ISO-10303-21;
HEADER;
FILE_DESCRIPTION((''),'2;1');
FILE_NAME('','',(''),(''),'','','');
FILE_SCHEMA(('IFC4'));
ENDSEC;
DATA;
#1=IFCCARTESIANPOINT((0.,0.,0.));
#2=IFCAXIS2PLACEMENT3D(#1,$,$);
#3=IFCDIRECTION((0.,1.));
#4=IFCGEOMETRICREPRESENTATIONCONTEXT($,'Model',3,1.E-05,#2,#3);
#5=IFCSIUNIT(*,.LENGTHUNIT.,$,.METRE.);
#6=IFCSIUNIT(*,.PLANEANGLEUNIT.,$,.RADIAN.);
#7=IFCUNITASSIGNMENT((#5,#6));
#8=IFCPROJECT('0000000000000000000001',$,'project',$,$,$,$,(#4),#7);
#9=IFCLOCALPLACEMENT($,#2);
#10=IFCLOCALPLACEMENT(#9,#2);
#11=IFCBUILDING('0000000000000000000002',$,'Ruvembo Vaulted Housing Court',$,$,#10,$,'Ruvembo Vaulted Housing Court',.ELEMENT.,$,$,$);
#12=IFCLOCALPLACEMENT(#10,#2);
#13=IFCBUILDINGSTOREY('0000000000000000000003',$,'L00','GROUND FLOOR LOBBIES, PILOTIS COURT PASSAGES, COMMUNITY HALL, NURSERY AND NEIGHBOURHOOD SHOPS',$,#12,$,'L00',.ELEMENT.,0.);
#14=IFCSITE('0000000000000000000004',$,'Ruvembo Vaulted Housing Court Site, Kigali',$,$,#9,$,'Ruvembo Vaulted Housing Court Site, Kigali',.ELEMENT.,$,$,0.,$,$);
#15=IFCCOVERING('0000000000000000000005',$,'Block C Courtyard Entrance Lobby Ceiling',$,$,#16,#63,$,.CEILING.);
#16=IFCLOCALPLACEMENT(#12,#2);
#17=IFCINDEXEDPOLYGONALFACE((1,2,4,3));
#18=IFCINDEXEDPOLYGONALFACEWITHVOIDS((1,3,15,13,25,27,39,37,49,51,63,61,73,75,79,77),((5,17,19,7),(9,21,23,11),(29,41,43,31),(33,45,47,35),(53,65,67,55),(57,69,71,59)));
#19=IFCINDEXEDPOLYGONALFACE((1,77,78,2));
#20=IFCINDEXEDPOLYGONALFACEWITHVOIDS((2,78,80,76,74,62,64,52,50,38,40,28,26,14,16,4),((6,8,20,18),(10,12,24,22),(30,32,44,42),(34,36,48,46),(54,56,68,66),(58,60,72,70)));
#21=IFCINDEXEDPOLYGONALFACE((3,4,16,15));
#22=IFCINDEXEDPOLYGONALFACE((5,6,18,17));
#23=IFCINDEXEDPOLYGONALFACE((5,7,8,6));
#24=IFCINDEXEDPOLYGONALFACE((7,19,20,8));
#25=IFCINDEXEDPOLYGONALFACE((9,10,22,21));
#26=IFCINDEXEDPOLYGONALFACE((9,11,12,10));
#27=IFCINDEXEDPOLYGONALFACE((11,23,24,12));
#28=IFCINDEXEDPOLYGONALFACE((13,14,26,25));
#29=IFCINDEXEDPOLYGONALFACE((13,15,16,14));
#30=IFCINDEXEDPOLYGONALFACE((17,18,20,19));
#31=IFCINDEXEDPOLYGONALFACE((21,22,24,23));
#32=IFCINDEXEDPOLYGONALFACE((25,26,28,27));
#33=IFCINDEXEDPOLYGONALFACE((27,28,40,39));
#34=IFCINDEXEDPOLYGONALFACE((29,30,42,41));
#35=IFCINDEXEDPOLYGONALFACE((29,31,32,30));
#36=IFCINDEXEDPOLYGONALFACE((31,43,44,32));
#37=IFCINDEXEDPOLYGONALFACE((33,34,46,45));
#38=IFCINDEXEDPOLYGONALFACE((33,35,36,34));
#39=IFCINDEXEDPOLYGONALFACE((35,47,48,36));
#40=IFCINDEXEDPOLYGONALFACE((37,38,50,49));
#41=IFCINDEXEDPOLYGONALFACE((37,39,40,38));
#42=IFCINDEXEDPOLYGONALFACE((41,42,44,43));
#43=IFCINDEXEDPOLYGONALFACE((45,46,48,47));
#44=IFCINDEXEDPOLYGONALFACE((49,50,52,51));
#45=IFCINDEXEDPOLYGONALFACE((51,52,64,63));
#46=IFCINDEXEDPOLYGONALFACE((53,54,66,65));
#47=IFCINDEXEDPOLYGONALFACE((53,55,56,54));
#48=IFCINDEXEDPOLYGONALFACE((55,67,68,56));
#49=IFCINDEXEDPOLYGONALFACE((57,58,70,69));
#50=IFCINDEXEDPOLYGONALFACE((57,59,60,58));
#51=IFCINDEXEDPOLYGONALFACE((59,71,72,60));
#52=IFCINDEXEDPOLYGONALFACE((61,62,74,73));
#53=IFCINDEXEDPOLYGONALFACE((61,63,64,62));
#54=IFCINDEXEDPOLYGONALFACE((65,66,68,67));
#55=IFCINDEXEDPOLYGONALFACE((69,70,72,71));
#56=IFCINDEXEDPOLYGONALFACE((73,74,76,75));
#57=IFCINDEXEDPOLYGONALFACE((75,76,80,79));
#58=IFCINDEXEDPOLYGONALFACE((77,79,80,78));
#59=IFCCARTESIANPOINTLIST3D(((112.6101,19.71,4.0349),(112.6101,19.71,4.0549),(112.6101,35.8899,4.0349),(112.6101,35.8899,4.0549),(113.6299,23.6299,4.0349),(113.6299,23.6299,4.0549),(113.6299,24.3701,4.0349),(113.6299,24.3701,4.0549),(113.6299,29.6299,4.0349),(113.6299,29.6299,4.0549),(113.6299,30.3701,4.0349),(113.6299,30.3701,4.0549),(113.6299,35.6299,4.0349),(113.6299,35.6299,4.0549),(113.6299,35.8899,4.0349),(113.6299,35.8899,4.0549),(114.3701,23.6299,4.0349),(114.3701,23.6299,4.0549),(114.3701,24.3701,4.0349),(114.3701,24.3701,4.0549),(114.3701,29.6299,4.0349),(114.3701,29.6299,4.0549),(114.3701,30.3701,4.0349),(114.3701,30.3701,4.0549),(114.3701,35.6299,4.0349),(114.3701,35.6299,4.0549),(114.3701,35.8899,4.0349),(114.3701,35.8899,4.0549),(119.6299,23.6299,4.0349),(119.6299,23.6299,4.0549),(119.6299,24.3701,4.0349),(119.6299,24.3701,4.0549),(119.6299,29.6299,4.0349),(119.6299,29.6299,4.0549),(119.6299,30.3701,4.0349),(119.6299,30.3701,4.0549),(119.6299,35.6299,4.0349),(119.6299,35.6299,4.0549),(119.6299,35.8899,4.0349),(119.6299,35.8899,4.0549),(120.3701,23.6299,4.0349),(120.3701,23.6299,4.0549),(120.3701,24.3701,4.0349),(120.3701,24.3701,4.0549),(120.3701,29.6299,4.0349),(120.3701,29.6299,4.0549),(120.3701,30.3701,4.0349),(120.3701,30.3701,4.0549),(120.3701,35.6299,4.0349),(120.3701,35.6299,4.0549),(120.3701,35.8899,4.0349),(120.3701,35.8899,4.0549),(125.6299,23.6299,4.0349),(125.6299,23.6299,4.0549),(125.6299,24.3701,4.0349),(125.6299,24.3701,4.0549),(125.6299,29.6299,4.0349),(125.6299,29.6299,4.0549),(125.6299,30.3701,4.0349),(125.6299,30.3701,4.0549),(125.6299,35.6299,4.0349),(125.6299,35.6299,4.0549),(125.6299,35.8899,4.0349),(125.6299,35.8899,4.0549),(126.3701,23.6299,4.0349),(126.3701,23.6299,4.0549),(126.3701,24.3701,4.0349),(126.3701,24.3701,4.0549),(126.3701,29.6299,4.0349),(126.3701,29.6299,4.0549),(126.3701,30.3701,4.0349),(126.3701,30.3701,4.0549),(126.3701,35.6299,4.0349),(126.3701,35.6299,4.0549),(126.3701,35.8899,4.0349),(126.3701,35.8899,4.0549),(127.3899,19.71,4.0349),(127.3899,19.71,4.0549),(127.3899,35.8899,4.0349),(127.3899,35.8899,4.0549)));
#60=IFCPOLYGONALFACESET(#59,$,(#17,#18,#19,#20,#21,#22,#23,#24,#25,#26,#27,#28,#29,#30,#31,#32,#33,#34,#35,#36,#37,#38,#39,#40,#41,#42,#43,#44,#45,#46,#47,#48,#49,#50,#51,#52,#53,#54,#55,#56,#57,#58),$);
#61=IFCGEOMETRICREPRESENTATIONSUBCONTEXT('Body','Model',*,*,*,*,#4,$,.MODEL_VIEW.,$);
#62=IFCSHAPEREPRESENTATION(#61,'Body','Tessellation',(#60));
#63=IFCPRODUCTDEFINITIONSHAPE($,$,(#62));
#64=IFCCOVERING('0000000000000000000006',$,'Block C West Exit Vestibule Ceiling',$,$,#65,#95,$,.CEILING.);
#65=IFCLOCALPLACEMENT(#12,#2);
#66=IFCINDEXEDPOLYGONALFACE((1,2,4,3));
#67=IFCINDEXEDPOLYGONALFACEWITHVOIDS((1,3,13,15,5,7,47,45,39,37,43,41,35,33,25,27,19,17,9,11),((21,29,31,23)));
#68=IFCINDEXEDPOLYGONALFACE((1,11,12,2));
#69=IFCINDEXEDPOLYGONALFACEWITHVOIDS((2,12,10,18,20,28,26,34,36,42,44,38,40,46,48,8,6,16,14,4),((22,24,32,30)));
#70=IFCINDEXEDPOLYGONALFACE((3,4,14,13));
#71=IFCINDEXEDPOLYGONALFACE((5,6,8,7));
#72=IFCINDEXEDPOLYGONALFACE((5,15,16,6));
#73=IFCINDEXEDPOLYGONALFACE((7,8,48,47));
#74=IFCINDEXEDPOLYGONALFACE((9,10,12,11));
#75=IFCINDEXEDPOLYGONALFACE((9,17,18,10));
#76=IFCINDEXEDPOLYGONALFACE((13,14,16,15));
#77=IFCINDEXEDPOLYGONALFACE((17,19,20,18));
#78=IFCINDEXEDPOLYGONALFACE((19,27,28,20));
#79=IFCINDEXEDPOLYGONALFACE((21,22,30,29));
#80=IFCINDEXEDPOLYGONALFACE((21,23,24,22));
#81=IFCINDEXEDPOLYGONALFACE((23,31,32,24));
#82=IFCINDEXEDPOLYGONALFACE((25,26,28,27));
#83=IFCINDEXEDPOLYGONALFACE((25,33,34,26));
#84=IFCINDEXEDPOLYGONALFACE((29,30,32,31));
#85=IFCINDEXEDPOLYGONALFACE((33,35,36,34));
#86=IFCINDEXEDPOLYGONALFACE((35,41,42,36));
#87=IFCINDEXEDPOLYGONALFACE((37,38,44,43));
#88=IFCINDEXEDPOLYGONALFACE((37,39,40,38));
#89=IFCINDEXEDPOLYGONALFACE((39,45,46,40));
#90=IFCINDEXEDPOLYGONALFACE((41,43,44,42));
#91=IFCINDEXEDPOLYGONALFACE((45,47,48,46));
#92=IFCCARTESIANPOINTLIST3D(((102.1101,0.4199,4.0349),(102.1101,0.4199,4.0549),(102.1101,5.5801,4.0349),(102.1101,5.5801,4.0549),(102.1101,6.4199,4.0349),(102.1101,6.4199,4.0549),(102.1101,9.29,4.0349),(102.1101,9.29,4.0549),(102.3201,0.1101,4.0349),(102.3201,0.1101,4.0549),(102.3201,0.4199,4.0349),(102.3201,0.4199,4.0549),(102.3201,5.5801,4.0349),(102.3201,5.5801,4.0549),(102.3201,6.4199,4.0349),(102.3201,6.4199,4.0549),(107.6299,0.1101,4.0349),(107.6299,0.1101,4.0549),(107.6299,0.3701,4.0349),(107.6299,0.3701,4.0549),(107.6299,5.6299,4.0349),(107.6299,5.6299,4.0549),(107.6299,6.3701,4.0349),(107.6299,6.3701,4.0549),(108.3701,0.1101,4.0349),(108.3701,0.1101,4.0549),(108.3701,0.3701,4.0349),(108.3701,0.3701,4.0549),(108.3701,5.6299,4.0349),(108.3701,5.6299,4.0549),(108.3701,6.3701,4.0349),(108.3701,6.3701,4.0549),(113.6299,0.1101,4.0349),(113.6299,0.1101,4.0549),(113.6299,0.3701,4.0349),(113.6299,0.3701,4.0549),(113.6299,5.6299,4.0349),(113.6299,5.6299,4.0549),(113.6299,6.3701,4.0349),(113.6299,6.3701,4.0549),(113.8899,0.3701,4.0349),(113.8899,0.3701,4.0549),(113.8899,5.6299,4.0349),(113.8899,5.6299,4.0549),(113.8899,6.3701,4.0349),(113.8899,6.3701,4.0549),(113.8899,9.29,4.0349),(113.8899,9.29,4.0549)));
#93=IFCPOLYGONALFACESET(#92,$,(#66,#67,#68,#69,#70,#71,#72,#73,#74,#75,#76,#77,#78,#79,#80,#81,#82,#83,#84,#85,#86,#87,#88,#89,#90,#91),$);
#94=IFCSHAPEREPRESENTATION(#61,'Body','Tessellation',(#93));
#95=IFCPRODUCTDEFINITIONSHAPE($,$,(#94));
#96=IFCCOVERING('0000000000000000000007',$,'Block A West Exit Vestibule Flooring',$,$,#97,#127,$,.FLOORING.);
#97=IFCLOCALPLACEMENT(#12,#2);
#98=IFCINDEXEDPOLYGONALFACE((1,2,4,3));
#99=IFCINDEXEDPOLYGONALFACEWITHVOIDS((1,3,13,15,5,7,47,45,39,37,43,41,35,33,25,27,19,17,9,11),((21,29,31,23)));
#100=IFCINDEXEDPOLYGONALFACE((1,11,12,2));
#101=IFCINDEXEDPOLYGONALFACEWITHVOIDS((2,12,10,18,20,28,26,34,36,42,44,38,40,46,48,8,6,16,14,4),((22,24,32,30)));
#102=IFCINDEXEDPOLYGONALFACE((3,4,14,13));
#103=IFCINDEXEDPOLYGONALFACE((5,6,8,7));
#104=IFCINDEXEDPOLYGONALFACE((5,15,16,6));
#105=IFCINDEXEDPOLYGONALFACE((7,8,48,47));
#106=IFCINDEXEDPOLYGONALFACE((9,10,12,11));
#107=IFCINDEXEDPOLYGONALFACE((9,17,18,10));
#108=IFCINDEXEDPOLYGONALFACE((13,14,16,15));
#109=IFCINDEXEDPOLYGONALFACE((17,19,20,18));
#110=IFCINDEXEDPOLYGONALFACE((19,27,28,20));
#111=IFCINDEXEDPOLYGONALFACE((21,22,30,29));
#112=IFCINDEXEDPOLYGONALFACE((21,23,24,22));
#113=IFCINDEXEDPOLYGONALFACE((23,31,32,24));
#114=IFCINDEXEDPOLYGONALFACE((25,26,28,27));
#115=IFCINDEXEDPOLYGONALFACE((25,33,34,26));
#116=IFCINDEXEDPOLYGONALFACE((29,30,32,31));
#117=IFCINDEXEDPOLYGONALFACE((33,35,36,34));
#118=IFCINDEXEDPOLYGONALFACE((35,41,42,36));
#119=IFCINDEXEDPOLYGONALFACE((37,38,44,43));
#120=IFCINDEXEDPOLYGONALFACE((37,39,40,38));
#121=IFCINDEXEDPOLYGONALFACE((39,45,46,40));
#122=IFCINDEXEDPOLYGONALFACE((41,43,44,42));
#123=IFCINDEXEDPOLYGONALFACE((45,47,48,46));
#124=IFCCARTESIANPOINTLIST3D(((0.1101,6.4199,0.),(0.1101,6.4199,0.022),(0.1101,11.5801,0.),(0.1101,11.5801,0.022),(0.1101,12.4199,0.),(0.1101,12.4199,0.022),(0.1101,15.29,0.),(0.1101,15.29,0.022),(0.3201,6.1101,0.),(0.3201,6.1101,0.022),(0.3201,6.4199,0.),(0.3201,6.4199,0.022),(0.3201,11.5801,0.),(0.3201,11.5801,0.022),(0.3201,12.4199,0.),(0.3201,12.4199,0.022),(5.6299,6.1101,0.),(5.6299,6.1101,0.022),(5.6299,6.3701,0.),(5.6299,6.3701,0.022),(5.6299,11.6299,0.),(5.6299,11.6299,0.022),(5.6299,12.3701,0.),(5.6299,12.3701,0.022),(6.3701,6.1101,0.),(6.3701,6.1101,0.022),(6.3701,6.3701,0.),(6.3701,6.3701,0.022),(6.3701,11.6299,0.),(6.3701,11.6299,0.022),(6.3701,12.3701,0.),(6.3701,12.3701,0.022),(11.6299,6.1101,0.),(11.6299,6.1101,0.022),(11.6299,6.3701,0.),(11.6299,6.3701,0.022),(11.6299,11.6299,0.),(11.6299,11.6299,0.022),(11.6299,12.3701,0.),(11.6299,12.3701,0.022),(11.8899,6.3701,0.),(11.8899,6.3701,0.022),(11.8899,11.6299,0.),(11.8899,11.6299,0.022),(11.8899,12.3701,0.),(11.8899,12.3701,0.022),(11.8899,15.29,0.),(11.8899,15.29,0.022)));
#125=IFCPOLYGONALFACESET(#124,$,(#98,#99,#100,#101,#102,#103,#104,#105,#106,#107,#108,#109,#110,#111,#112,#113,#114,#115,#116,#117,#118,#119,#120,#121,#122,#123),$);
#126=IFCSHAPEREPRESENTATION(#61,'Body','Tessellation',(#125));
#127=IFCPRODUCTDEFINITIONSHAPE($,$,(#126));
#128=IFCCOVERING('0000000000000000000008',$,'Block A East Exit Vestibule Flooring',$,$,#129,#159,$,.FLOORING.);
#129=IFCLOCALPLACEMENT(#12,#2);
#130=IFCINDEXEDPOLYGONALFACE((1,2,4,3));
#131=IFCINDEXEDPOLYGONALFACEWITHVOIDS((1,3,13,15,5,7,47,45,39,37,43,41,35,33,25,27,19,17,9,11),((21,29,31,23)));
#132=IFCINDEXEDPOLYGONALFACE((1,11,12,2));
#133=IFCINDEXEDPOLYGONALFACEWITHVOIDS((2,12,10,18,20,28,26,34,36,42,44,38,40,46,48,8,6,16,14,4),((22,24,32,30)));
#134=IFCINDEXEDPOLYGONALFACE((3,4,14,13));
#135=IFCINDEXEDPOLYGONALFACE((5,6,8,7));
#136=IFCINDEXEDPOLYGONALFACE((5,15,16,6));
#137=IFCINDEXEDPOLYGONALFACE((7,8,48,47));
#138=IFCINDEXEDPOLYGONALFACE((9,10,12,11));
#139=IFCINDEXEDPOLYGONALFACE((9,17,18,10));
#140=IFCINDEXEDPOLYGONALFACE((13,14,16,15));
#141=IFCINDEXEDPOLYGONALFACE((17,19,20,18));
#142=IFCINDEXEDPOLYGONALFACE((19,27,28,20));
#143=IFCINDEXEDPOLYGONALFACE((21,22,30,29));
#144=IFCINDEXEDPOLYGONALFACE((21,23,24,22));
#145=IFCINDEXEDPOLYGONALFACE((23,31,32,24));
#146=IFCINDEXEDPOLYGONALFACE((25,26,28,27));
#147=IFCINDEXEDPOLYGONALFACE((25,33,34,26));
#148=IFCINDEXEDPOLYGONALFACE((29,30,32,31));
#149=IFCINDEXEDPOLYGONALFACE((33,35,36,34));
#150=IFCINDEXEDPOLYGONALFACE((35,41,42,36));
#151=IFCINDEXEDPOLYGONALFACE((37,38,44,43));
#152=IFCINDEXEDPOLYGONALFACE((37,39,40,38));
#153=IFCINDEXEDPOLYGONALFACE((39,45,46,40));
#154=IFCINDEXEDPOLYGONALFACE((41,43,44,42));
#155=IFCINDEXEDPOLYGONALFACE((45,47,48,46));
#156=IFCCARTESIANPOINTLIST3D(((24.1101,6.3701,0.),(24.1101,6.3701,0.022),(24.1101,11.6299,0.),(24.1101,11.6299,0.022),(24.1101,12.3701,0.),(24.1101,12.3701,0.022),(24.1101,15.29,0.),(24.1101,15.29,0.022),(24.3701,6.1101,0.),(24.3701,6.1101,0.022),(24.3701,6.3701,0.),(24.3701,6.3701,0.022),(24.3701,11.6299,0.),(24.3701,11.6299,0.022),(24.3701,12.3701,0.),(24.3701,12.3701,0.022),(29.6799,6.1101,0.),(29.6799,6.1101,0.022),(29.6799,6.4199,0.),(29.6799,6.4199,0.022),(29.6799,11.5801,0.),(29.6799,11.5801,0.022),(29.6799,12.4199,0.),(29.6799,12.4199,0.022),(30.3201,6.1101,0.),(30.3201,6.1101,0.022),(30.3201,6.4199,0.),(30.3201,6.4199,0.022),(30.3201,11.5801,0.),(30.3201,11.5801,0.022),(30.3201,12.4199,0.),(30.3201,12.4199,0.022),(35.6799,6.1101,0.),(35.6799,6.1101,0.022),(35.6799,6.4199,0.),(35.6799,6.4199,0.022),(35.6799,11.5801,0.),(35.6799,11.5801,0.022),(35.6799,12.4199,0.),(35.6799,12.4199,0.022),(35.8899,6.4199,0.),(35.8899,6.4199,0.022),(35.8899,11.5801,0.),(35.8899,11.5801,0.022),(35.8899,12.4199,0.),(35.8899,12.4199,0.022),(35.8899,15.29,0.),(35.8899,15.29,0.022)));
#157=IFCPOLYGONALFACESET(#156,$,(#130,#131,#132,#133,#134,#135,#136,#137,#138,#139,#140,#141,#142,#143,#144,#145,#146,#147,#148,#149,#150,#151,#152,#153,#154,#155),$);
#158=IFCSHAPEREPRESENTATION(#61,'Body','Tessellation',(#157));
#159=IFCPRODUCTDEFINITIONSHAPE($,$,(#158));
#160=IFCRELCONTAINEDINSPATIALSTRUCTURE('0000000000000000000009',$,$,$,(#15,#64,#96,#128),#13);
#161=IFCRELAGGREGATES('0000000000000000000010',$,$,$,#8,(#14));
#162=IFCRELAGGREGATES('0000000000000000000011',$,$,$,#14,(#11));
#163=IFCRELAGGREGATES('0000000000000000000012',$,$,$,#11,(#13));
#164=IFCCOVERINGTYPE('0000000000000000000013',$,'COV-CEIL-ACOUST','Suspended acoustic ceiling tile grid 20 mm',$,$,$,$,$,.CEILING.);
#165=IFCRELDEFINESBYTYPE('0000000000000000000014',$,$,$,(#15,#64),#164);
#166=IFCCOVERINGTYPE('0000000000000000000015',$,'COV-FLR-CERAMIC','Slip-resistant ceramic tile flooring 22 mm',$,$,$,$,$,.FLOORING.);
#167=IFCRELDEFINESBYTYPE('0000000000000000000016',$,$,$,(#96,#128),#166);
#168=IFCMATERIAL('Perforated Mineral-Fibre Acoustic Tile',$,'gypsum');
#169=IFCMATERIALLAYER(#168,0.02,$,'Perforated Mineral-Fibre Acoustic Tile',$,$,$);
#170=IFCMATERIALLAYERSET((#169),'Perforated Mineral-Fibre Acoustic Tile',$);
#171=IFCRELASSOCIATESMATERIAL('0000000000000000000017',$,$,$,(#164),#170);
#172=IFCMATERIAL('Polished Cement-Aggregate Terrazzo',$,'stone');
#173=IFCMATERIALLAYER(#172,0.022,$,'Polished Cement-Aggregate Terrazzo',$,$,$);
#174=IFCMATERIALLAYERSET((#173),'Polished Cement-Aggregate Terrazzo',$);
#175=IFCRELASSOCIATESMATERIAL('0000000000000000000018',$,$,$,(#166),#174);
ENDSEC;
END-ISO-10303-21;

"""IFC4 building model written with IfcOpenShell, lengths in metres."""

from ifc_helpers import new_model, si_unit, direction, frame, origin, place, context, subcontext, project, spatial, polyline, outline, extrude, material, layer, layer_set, type_object, element, save


model = new_model("IFC4")

# Units and contexts
model_context = context("Model", 3, precision=1e-05, world=origin(), true_north=direction((0.0, 1.0)))
body_context = subcontext(model_context, "Body", "Model", "MODEL_VIEW")
ifc_project = project(units=[si_unit("LENGTHUNIT", "METRE"), si_unit("PLANEANGLEUNIT", "RADIAN")], contexts=[model_context])

# Site, building, storey
site_placement = place(None, origin())
site = spatial("IfcSite", under=ifc_project, at=site_placement, Name="Ruvembo Vaulted Housing Court Site, Kigali", LongName="Ruvembo Vaulted Housing Court Site, Kigali", CompositionType="ELEMENT", RefElevation=0.0)
building_placement = place(site_placement, origin())
building = spatial("IfcBuilding", under=site, at=building_placement, Name="Ruvembo Vaulted Housing Court", LongName="Ruvembo Vaulted Housing Court", CompositionType="ELEMENT")
storey_placement = place(building_placement, origin())
storey = spatial("IfcBuildingStorey", under=building, at=storey_placement, Name="L00", Description="GROUND FLOOR LOBBIES, PILOTIS COURT PASSAGES, COMMUNITY HALL, NURSERY AND NEIGHBOURHOOD SHOPS", LongName="L00", CompositionType="ELEMENT", Elevation=0.0)

# Coverings
ifc_material_1 = material(Name="Perforated Mineral-Fibre Acoustic Tile", Category="gypsum")
ifc_layer_1 = layer(ifc_material_1, 0.02, Name="Perforated Mineral-Fibre Acoustic Tile")
ifc_layer_set_1 = layer_set([ifc_layer_1], Name="Perforated Mineral-Fibre Acoustic Tile")
covering_type_1 = type_object("IfcCoveringType", Name="COV-CEIL-ACOUST", Description="Suspended acoustic ceiling tile grid 20 mm", PredefinedType="CEILING", material=ifc_layer_set_1)
covering_1_placement = place(storey_placement, frame((0.0, 0.0, 4.0349)))
element("IfcCovering", 1, at=covering_1_placement, inside=storey, type_object=covering_type_1, Name="Block C Courtyard Entrance Lobby Ceiling", PredefinedType="CEILING", context=body_context, shape_type="SweptSolid", body=[
    extrude(outline(polyline([(113.6299, 35.6299), (113.6299, 35.8899), (112.6101, 35.8899), (112.6101, 19.71), (127.3899, 19.71), (127.3899, 35.8899), (126.3701, 35.8899), (126.3701, 35.6299), (125.6299, 35.6299), (125.6299, 35.8899), (120.3701, 35.8899), (120.3701, 35.6299), (119.6299, 35.6299), (119.6299, 35.8899), (114.3701, 35.8899), (114.3701, 35.6299), (113.6299, 35.6299)]), holes=[polyline([(120.3701, 23.6299), (120.3701, 24.3701), (119.6299, 24.3701), (119.6299, 23.6299), (120.3701, 23.6299)]), polyline([(113.6299, 23.6299), (114.3701, 23.6299), (114.3701, 24.3701), (113.6299, 24.3701), (113.6299, 23.6299)]), polyline([(126.3701, 23.6299), (126.3701, 24.3701), (125.6299, 24.3701), (125.6299, 23.6299), (126.3701, 23.6299)]), polyline([(125.6299, 29.6299), (126.3701, 29.6299), (126.3701, 30.3701), (125.6299, 30.3701), (125.6299, 29.6299)]), polyline([(119.6299, 29.6299), (120.3701, 29.6299), (120.3701, 30.3701), (119.6299, 30.3701), (119.6299, 29.6299)]), polyline([(114.3701, 29.6299), (114.3701, 30.3701), (113.6299, 30.3701), (113.6299, 29.6299), (114.3701, 29.6299)])]), origin(), (0.0, 0.0, 1.0), 0.02),
])
covering_2_placement = place(storey_placement, frame((0.0, 0.0, 4.0349)))
element("IfcCovering", 2, at=covering_2_placement, inside=storey, type_object=covering_type_1, Name="Block C West Exit Vestibule Ceiling", PredefinedType="CEILING", context=body_context, shape_type="SweptSolid", body=[
    extrude(outline(polyline([(107.6299, 0.3701), (108.3701, 0.3701), (108.3701, 0.1101), (113.6299, 0.1101), (113.6299, 0.3701), (113.8899, 0.3701), (113.8899, 5.6299), (113.6299, 5.6299), (113.6299, 6.3701), (113.8899, 6.3701), (113.8899, 9.29), (102.1101, 9.29), (102.1101, 6.4199), (102.3201, 6.4199), (102.3201, 5.5801), (102.1101, 5.5801), (102.1101, 0.4199), (102.3201, 0.4199), (102.3201, 0.1101), (107.6299, 0.1101), (107.6299, 0.3701)]), holes=[polyline([(108.3701, 5.6299), (108.3701, 6.3701), (107.6299, 6.3701), (107.6299, 5.6299), (108.3701, 5.6299)])]), origin(), (0.0, 0.0, 1.0), 0.02),
])
ifc_material_2 = material(Name="Polished Cement-Aggregate Terrazzo", Category="stone")
ifc_layer_2 = layer(ifc_material_2, 0.022, Name="Polished Cement-Aggregate Terrazzo")
ifc_layer_set_2 = layer_set([ifc_layer_2], Name="Polished Cement-Aggregate Terrazzo")
covering_type_2 = type_object("IfcCoveringType", Name="COV-FLR-CERAMIC", Description="Slip-resistant ceramic tile flooring 22 mm", PredefinedType="FLOORING", material=ifc_layer_set_2)
covering_3_placement = place(storey_placement, origin())
element("IfcCovering", 3, at=covering_3_placement, inside=storey, type_object=covering_type_2, Name="Block A West Exit Vestibule Flooring", PredefinedType="FLOORING", context=body_context, shape_type="SweptSolid", body=[
    extrude(outline(polyline([(5.6299, 6.3701), (6.3701, 6.3701), (6.3701, 6.1101), (11.6299, 6.1101), (11.6299, 6.3701), (11.8899, 6.3701), (11.8899, 11.6299), (11.6299, 11.6299), (11.6299, 12.3701), (11.8899, 12.3701), (11.8899, 15.29), (0.1101, 15.29), (0.1101, 12.4199), (0.3201, 12.4199), (0.3201, 11.5801), (0.1101, 11.5801), (0.1101, 6.4199), (0.3201, 6.4199), (0.3201, 6.1101), (5.6299, 6.1101), (5.6299, 6.3701)]), holes=[polyline([(5.6299, 11.6299), (6.3701, 11.6299), (6.3701, 12.3701), (5.6299, 12.3701), (5.6299, 11.6299)])]), origin(), (0.0, 0.0, 1.0), 0.022),
])
covering_4_placement = place(storey_placement, origin())
element("IfcCovering", 4, at=covering_4_placement, inside=storey, type_object=covering_type_2, Name="Block A East Exit Vestibule Flooring", PredefinedType="FLOORING", context=body_context, shape_type="SweptSolid", body=[
    extrude(outline(polyline([(29.6799, 6.4199), (30.3201, 6.4199), (30.3201, 6.1101), (35.6799, 6.1101), (35.6799, 6.4199), (35.8899, 6.4199), (35.8899, 11.5801), (35.6799, 11.5801), (35.6799, 12.4199), (35.8899, 12.4199), (35.8899, 15.29), (24.1101, 15.29), (24.1101, 12.3701), (24.3701, 12.3701), (24.3701, 11.6299), (24.1101, 11.6299), (24.1101, 6.3701), (24.3701, 6.3701), (24.3701, 6.1101), (29.6799, 6.1101), (29.6799, 6.4199)]), holes=[polyline([(29.6799, 11.5801), (30.3201, 11.5801), (30.3201, 12.4199), (29.6799, 12.4199), (29.6799, 11.5801)])]), origin(), (0.0, 0.0, 1.0), 0.022),
])

save(model, "model.ifc")
